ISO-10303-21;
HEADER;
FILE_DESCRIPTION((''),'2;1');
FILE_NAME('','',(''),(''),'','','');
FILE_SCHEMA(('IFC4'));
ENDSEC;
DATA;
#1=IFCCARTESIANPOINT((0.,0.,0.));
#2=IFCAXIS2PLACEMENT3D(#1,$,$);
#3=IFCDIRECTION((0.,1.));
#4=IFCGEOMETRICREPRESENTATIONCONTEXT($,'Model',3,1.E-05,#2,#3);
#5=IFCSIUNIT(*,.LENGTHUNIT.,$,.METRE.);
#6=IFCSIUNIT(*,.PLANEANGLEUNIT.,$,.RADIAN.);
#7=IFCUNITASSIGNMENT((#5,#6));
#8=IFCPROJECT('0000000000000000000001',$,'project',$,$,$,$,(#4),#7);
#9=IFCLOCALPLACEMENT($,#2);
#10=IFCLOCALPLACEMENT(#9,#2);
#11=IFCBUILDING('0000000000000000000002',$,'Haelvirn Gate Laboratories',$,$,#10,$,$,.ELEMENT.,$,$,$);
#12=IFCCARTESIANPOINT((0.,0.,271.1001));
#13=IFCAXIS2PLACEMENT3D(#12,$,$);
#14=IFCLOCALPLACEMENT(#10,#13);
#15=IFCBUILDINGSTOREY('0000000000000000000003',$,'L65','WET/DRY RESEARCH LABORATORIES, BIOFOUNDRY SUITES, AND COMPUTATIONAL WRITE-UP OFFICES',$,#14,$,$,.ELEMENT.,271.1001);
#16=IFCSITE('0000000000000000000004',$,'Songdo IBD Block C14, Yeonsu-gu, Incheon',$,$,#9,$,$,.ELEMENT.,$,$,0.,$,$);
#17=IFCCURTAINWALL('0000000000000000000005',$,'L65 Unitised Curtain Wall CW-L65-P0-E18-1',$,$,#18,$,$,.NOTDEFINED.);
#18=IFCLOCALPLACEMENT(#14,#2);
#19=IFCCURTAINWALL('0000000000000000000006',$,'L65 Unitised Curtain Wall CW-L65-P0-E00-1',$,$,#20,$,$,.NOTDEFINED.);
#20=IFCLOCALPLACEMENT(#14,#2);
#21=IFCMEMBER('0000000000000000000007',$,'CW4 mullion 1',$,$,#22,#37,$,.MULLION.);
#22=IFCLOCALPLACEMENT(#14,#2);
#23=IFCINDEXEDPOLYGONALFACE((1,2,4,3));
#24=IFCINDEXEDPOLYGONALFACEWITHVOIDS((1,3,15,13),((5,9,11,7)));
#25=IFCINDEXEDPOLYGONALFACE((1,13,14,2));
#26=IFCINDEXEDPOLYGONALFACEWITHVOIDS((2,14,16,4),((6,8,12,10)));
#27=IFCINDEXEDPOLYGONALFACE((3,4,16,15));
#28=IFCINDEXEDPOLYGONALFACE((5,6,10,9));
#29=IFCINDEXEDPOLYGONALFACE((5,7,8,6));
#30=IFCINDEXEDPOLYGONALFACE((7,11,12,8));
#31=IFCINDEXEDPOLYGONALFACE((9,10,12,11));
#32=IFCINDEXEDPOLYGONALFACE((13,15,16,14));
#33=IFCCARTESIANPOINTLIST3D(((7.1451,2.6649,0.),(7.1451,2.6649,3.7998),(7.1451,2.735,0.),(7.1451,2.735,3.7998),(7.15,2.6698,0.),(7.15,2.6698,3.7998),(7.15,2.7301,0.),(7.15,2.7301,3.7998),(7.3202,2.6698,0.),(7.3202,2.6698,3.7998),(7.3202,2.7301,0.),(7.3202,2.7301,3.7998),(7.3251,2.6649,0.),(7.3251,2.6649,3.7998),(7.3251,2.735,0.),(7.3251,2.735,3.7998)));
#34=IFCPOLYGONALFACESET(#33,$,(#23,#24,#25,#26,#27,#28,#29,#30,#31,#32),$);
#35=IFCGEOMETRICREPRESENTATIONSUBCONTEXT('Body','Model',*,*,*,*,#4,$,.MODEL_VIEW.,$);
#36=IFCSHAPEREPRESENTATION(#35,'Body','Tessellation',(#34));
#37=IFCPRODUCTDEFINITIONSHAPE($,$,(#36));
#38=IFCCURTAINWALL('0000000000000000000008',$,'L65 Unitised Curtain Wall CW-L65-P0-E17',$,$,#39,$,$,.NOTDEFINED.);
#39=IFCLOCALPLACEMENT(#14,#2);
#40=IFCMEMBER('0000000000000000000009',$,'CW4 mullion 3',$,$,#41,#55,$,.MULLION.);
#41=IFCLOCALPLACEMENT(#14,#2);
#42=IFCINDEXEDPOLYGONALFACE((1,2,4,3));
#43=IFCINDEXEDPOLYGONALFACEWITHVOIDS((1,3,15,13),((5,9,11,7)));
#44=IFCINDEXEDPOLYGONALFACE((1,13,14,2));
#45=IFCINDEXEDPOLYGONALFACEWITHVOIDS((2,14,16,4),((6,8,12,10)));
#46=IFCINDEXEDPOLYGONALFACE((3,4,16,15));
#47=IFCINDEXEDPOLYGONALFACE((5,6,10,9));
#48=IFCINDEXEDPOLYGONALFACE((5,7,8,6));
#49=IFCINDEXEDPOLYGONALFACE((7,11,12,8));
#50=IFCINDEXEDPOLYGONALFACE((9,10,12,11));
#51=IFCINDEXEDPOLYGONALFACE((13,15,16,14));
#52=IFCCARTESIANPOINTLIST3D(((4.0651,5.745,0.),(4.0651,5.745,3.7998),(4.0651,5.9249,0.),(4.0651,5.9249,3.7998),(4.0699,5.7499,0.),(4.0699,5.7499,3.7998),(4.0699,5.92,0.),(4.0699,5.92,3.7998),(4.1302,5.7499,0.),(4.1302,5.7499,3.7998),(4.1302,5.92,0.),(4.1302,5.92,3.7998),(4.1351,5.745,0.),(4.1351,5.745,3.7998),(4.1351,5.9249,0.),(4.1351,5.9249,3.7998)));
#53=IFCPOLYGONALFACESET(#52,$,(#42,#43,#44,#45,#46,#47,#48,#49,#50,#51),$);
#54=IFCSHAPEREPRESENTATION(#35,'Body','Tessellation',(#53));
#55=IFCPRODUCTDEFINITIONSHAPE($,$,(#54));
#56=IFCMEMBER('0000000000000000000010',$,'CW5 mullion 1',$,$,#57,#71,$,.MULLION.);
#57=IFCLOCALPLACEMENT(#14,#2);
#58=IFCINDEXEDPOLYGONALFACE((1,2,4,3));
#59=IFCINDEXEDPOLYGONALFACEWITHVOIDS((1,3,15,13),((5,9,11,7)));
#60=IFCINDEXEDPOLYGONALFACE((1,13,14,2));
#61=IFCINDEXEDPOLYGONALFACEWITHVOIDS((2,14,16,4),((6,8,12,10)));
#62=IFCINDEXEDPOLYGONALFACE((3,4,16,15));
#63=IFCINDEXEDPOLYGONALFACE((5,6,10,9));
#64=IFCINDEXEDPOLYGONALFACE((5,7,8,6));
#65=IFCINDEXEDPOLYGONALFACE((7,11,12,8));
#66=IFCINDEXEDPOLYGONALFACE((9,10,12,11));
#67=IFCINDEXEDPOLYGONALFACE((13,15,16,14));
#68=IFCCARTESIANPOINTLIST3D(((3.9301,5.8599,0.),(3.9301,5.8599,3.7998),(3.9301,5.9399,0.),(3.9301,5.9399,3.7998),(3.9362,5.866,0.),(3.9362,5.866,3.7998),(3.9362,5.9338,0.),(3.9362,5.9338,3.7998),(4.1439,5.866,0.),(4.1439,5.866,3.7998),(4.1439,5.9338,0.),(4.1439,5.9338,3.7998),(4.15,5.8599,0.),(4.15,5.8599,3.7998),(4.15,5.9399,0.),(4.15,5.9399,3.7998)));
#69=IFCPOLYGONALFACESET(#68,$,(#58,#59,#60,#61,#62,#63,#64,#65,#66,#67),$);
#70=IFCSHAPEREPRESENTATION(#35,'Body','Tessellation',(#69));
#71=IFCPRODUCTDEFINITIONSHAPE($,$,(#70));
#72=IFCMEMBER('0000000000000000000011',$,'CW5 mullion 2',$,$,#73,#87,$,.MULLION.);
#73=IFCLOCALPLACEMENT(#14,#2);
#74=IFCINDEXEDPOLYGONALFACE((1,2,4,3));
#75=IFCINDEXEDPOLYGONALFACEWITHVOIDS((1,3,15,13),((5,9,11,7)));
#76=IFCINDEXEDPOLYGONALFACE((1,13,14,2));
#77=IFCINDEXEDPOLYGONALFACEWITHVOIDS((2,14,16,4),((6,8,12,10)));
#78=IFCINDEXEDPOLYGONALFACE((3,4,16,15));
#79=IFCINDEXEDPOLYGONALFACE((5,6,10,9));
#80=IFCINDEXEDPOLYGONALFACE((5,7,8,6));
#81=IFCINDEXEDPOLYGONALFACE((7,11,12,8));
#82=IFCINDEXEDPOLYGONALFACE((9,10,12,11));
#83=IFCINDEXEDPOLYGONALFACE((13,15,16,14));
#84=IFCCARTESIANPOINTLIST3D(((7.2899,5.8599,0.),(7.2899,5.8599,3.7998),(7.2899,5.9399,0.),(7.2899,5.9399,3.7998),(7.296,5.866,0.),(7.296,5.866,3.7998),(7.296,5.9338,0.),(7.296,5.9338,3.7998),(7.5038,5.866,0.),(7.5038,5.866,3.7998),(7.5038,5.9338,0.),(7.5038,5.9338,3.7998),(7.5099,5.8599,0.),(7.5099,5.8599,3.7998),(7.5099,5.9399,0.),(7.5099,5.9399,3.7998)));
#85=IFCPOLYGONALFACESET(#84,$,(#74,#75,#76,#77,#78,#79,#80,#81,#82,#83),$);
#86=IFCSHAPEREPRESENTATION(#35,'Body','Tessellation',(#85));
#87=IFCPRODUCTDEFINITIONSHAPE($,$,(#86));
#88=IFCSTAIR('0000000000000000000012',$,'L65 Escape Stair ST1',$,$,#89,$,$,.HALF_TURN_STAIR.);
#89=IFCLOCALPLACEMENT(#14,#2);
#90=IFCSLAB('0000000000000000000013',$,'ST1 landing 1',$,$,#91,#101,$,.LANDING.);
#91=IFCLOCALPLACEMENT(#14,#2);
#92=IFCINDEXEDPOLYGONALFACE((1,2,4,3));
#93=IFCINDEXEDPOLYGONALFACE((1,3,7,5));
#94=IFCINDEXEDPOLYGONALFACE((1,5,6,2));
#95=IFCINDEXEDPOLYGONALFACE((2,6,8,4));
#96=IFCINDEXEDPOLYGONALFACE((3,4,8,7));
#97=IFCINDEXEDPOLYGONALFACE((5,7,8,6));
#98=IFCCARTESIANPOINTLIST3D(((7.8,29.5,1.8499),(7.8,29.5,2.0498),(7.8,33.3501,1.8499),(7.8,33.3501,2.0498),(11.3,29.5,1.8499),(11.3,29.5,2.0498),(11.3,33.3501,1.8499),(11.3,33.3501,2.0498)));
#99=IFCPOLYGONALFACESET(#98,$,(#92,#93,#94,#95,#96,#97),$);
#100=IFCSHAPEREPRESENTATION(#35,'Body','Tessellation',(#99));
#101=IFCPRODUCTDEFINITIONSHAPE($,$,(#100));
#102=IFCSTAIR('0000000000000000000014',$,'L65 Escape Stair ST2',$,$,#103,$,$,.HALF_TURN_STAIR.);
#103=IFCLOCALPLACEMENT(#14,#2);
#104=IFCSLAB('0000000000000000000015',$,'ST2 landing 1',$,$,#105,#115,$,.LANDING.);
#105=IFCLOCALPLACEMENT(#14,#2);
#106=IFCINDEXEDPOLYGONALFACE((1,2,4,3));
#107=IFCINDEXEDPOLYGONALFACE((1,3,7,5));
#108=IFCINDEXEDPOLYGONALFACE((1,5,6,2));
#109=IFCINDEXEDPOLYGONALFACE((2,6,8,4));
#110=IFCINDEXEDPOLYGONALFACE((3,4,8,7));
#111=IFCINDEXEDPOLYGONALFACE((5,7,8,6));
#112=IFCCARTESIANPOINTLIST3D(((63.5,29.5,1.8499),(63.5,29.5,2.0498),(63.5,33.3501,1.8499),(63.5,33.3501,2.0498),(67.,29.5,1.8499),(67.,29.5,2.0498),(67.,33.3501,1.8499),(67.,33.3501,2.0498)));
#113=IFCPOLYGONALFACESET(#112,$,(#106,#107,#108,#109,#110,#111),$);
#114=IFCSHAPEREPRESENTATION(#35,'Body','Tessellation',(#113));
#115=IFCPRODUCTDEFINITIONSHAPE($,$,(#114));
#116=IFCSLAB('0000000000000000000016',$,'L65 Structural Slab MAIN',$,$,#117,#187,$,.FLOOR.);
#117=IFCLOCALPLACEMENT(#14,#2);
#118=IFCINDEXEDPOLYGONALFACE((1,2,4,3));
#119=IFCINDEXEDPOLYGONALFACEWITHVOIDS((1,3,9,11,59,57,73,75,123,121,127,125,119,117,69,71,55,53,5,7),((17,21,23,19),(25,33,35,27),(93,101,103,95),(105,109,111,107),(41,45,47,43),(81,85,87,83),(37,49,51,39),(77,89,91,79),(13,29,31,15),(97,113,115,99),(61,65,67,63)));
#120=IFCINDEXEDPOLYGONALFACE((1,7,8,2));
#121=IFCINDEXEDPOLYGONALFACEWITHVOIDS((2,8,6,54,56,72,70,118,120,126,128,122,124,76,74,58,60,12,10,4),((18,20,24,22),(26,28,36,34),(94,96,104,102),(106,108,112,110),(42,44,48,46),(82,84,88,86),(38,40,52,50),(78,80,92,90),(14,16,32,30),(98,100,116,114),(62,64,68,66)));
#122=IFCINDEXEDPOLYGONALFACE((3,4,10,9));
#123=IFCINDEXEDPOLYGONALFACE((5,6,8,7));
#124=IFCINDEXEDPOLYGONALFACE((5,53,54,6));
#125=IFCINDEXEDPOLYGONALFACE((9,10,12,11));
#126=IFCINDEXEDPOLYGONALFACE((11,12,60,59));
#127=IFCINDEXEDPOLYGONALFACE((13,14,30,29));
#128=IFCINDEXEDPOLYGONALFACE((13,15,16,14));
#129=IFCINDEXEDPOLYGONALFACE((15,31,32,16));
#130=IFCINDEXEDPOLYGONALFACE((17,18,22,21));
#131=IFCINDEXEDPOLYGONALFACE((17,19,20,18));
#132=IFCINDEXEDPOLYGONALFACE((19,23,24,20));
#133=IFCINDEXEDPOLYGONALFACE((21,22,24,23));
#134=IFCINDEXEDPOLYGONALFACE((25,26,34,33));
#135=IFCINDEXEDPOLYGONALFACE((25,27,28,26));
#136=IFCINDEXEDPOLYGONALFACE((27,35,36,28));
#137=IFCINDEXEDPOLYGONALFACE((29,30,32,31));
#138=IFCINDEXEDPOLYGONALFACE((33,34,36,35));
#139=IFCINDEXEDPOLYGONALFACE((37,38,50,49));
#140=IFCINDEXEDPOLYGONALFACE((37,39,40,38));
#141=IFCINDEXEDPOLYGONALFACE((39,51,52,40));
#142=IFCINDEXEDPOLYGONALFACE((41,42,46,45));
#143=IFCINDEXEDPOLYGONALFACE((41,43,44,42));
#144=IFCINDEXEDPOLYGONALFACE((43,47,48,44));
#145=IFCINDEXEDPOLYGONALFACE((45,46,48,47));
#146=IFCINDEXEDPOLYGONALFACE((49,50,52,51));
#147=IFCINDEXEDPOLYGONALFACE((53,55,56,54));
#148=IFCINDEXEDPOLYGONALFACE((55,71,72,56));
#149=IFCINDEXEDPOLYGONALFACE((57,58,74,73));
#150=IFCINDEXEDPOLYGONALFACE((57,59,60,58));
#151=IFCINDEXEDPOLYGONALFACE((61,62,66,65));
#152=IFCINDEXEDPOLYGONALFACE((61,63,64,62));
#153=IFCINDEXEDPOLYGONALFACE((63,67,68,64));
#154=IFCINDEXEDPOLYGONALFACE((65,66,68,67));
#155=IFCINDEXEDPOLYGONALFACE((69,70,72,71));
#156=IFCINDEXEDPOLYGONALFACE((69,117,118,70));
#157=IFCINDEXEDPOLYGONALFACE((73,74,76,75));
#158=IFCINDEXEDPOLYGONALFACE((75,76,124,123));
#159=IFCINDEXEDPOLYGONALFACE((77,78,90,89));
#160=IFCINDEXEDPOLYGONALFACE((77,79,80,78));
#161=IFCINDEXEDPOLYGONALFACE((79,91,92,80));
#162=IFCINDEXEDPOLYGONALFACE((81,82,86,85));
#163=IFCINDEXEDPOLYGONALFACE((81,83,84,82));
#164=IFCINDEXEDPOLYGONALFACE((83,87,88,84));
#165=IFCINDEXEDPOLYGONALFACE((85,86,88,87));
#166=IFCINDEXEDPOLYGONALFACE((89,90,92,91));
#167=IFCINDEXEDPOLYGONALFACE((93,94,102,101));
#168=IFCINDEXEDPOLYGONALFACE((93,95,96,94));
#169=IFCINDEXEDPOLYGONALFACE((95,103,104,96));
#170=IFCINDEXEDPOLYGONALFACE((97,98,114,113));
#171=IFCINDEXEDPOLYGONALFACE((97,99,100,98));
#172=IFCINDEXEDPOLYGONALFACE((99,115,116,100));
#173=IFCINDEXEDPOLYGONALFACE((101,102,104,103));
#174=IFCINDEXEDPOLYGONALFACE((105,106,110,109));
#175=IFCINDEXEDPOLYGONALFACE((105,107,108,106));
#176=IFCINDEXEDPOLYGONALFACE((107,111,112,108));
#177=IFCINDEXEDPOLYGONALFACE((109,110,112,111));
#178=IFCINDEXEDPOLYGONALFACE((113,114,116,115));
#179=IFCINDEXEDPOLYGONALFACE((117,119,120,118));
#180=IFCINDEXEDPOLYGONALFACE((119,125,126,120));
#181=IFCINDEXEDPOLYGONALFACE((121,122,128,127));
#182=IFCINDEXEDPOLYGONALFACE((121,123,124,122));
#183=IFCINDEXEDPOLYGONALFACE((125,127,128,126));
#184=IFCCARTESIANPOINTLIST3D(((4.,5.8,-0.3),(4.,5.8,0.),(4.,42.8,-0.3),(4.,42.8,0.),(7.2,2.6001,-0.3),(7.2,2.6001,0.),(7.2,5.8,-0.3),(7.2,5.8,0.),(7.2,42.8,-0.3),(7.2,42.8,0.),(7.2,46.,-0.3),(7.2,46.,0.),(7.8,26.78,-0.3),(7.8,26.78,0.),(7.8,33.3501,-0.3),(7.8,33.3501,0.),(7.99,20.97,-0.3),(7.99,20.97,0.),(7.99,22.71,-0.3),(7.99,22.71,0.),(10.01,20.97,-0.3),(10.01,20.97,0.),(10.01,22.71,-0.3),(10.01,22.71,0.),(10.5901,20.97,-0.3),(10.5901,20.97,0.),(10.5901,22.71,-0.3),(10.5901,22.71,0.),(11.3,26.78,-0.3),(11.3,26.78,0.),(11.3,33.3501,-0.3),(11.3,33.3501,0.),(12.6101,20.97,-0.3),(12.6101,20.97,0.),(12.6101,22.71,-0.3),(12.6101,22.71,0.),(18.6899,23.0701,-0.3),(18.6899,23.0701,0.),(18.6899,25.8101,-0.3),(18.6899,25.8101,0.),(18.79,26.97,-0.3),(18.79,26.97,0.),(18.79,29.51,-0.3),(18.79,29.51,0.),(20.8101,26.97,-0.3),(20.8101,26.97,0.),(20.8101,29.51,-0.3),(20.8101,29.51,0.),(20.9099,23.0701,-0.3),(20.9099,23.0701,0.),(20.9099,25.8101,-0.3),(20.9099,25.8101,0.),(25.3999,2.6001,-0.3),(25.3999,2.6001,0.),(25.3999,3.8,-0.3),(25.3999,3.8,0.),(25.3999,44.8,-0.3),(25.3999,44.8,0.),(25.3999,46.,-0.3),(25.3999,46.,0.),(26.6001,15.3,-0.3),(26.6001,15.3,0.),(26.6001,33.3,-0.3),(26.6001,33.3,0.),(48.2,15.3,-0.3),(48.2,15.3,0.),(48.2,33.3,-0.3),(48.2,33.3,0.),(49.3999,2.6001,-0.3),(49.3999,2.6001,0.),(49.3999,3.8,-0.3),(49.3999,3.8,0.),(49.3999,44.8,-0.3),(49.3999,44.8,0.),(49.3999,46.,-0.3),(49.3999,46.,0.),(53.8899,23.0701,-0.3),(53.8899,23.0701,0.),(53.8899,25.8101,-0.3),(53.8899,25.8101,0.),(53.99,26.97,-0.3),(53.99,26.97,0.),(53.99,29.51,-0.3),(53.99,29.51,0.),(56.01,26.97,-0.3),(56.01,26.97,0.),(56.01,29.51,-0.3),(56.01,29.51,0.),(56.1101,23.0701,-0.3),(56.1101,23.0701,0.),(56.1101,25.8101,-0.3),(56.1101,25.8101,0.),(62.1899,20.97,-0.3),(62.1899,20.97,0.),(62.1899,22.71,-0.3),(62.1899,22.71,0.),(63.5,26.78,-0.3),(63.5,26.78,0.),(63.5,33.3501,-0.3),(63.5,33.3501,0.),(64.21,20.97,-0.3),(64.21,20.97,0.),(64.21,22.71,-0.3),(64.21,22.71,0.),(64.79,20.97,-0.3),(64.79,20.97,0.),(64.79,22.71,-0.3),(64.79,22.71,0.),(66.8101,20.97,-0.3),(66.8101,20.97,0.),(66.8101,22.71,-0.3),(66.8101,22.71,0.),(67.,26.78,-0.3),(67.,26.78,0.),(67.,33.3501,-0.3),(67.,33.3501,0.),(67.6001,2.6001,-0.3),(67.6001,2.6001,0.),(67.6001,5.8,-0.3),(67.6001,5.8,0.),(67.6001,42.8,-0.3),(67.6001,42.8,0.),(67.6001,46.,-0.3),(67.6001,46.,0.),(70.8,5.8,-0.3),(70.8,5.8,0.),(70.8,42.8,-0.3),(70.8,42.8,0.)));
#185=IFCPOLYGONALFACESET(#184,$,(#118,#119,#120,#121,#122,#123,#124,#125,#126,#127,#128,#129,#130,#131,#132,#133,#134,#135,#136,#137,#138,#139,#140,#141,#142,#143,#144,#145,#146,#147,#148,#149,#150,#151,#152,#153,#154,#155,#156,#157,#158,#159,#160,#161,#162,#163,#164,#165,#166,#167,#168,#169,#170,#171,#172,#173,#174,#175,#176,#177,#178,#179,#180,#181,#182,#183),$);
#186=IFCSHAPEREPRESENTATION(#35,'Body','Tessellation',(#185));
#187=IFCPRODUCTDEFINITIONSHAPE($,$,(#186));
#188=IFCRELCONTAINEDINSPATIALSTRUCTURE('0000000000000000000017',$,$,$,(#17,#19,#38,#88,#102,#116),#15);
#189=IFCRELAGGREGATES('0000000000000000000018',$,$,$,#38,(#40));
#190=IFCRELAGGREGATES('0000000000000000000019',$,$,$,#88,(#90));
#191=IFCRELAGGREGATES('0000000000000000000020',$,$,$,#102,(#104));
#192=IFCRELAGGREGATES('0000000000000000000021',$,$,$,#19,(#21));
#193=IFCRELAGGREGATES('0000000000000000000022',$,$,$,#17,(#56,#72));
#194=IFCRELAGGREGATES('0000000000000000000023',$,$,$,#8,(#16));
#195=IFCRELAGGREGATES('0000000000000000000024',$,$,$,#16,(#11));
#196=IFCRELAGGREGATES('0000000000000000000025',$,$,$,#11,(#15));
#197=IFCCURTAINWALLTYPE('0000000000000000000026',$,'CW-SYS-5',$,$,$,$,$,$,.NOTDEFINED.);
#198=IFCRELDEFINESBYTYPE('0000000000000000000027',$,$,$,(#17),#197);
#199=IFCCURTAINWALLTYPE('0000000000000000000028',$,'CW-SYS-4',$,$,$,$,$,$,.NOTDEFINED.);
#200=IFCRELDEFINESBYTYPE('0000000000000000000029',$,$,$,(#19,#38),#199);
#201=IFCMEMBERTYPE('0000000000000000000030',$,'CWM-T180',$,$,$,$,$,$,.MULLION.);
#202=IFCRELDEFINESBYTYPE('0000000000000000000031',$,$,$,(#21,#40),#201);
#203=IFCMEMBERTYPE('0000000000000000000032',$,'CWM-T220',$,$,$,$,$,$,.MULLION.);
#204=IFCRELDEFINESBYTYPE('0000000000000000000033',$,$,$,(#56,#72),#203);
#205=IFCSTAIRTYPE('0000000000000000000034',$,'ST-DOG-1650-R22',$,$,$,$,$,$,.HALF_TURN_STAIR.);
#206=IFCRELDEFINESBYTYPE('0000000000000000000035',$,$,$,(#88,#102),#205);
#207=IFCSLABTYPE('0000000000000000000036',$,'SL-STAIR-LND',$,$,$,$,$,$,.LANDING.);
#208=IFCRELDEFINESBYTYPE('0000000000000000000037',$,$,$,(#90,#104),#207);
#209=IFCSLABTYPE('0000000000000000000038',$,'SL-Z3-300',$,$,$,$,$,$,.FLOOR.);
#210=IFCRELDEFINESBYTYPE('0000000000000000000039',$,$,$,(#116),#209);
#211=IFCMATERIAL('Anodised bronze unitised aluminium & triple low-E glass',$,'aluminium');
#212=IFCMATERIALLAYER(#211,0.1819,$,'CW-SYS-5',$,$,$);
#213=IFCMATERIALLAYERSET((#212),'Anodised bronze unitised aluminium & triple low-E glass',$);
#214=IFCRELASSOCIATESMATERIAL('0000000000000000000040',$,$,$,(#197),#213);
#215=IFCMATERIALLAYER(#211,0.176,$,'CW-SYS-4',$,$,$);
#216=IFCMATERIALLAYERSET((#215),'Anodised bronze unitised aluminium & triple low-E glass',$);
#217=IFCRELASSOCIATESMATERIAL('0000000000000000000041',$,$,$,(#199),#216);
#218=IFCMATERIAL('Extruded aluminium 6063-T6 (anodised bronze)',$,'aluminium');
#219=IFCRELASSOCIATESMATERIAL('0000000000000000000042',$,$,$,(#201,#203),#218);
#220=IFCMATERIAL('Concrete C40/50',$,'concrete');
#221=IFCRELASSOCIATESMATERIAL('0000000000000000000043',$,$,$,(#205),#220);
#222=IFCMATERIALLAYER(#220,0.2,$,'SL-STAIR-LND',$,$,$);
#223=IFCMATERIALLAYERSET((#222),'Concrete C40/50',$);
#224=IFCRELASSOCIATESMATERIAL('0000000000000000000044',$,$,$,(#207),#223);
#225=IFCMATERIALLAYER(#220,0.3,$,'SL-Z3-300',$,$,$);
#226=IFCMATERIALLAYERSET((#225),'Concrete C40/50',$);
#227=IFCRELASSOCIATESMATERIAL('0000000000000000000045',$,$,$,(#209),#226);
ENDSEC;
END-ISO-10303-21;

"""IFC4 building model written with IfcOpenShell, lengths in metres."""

from ifc_helpers import new_model, si_unit, direction, frame, origin, origin_2d, place, context, subcontext, project, spatial, polyline, hollow_rectangle, outline, extrude, source, transform, mapped, material, layer, layer_set, material_profile, profile_set, type_object, type_shapes, element, aggregate, save


model = new_model("IFC4")

# Units and contexts
model_context = context("Model", 3, precision=1e-05, world=origin(), true_north=direction((0.0, 1.0)))
body_context = subcontext(model_context, "Body", "Model", "MODEL_VIEW")
ifc_project = project(units=[si_unit("LENGTHUNIT", "METRE"), si_unit("PLANEANGLEUNIT", "RADIAN")], contexts=[model_context])

# Site, building, storey
site_placement = place(None, origin())
site = spatial("IfcSite", under=ifc_project, at=site_placement, Name="Songdo IBD Block C14, Yeonsu-gu, Incheon", CompositionType="ELEMENT", RefElevation=0.0)
building_placement = place(site_placement, origin())
building = spatial("IfcBuilding", under=site, at=building_placement, Name="Haelvirn Gate Laboratories", CompositionType="ELEMENT")
storey_placement = place(building_placement, frame((0.0, 0.0, 271.1001)))
storey = spatial("IfcBuildingStorey", under=building, at=storey_placement, Name="L65", Description="WET/DRY RESEARCH LABORATORIES, BIOFOUNDRY SUITES, AND COMPUTATIONAL WRITE-UP OFFICES", CompositionType="ELEMENT", Elevation=271.1001)

# Curtain walls, member
ifc_material_1 = material(Name="Anodised bronze unitised aluminium & triple low-E glass", Category="aluminium")
ifc_layer_1 = layer(ifc_material_1, 0.1819, Name="CW-SYS-5")
ifc_layer_set_1 = layer_set([ifc_layer_1], Name="Anodised bronze unitised aluminium & triple low-E glass")
curtain_wall_type_1 = type_object("IfcCurtainWallType", Name="CW-SYS-5", PredefinedType="NOTDEFINED", material=ifc_layer_set_1)
curtain_wall_1_placement = place(storey_placement, origin())
curtain_wall_1 = element("IfcCurtainWall", 1, at=curtain_wall_1_placement, inside=storey, type_object=curtain_wall_type_1, Name="L65 Unitised Curtain Wall CW-L65-P0-E18-1", PredefinedType="NOTDEFINED")
ifc_material_2 = material(Name="Extruded aluminium 6063-T6 (anodised bronze)", Category="aluminium")
ifc_layer_2 = layer(ifc_material_1, 0.176, Name="CW-SYS-4")
ifc_layer_set_2 = layer_set([ifc_layer_2], Name="Anodised bronze unitised aluminium & triple low-E glass")
curtain_wall_type_2 = type_object("IfcCurtainWallType", Name="CW-SYS-4", PredefinedType="NOTDEFINED", material=ifc_layer_set_2)
curtain_wall_2_placement = place(storey_placement, origin())
curtain_wall_2 = element("IfcCurtainWall", 2, at=curtain_wall_2_placement, inside=storey, type_object=curtain_wall_type_2, Name="L65 Unitised Curtain Wall CW-L65-P0-E00-1", PredefinedType="NOTDEFINED")
ifc_material_profile_1 = material_profile(ifc_material_2, hollow_rectangle(XDim=0.0701, YDim=0.1799, WallThickness=0.0049, at=origin_2d()), Name="CWM-180x70x5")
ifc_profile_set_1 = profile_set([ifc_material_profile_1], Name="Extruded aluminium 6063-T6 (anodised bronze)")
member_type_1 = type_object("IfcMemberType", Name="CWM-T180", PredefinedType="MULLION", material=ifc_profile_set_1)
shared_shape_1 = source(origin(), body_context, "Body", "SweptSolid", [
    extrude(hollow_rectangle(XDim=0.0701, YDim=0.1799, WallThickness=0.0049, at=origin_2d()), origin(), (0.0, 0.0, 1.0), 3.7998),
])
type_shapes(member_type_1, [shared_shape_1])
member_1_placement = place(storey_placement, frame((7.2351, 2.7, 0.0), z_axis=(0.0, 0.0, 1.0), x_axis=(0.0, 1.0, 0.0)))
member_1 = element("IfcMember", 3, at=member_1_placement, type_object=member_type_1, Name="CW4 mullion 1", PredefinedType="MULLION", context=body_context, shape_type="MappedRepresentation", body=[
    mapped(shared_shape_1, transform((0.0, 0.0, 0.0), scale=1.0)),
])

# Curtain wall, member
curtain_wall_3_placement = place(storey_placement, origin())
curtain_wall_3 = element("IfcCurtainWall", 4, at=curtain_wall_3_placement, inside=storey, type_object=curtain_wall_type_2, Name="L65 Unitised Curtain Wall CW-L65-P0-E17", PredefinedType="NOTDEFINED")
member_2_placement = place(storey_placement, frame((4.1001, 5.835, 0.0), z_axis=(0.0, 0.0, 1.0), x_axis=(1.0, 0.0, 0.0)))
member_2 = element("IfcMember", 5, at=member_2_placement, type_object=member_type_1, Name="CW4 mullion 3", PredefinedType="MULLION", context=body_context, shape_type="MappedRepresentation", body=[
    mapped(shared_shape_1, transform((0.0, 0.0, 0.0), scale=1.0)),
])
aggregate(curtain_wall_3, [member_2])

# Members
ifc_material_profile_2 = material_profile(ifc_material_2, hollow_rectangle(XDim=0.0801, YDim=0.22, WallThickness=0.0061, at=origin_2d()), Name="CWM-220x80x6")
ifc_profile_set_2 = profile_set([ifc_material_profile_2], Name="Extruded aluminium 6063-T6 (anodised bronze)")
member_type_2 = type_object("IfcMemberType", Name="CWM-T220", PredefinedType="MULLION", material=ifc_profile_set_2)
shared_shape_2 = source(origin(), body_context, "Body", "SweptSolid", [
    extrude(hollow_rectangle(XDim=0.0801, YDim=0.22, WallThickness=0.0061, at=origin_2d()), origin(), (0.0, 0.0, 1.0), 3.7998),
])
type_shapes(member_type_2, [shared_shape_2])
member_3_placement = place(storey_placement, frame((4.04, 5.8999, 0.0), z_axis=(0.0, 0.0, 1.0), x_axis=(0.0, 1.0, 0.0)))
member_3 = element("IfcMember", 6, at=member_3_placement, type_object=member_type_2, Name="CW5 mullion 1", PredefinedType="MULLION", context=body_context, shape_type="MappedRepresentation", body=[
    mapped(shared_shape_2, transform((0.0, 0.0, 0.0), scale=1.0)),
])
member_4_placement = place(storey_placement, frame((7.3999, 5.8999, 0.0), z_axis=(0.0, 0.0, 1.0), x_axis=(0.0, 1.0, 0.0)))
member_4 = element("IfcMember", 7, at=member_4_placement, type_object=member_type_2, Name="CW5 mullion 2", PredefinedType="MULLION", context=body_context, shape_type="MappedRepresentation", body=[
    mapped(shared_shape_2, transform((0.0, 0.0, 0.0), scale=1.0)),
])

# Stairs, slabs
ifc_material_3 = material(Name="Concrete C40/50", Category="concrete")
stair_type = type_object("IfcStairType", Name="ST-DOG-1650-R22", PredefinedType="HALF_TURN_STAIR", material=ifc_material_3)
stair_1_placement = place(storey_placement, origin())
stair_1 = element("IfcStair", 8, at=stair_1_placement, inside=storey, type_object=stair_type, Name="L65 Escape Stair ST1", PredefinedType="HALF_TURN_STAIR")
ifc_layer_3 = layer(ifc_material_3, 0.2, Name="SL-STAIR-LND")
ifc_layer_set_3 = layer_set([ifc_layer_3], Name="Concrete C40/50")
slab_type_1 = type_object("IfcSlabType", Name="SL-STAIR-LND", PredefinedType="LANDING", material=ifc_layer_set_3)
slab_1_placement = place(storey_placement, frame((0.0, 0.0, 1.8499)))
slab_1 = element("IfcSlab", 9, at=slab_1_placement, type_object=slab_type_1, Name="ST1 landing 1", PredefinedType="LANDING", context=body_context, shape_type="SweptSolid", body=[
    extrude(outline(polyline([(11.3, 29.5), (11.3, 33.3501), (7.8, 33.3501), (7.8, 29.5), (11.3, 29.5)])), origin(), (0.0, 0.0, 1.0), 0.2),
])
aggregate(stair_1, [slab_1])
stair_2_placement = place(storey_placement, origin())
stair_2 = element("IfcStair", 10, at=stair_2_placement, inside=storey, type_object=stair_type, Name="L65 Escape Stair ST2", PredefinedType="HALF_TURN_STAIR")
slab_2_placement = place(storey_placement, frame((0.0, 0.0, 1.8499)))
slab_2 = element("IfcSlab", 11, at=slab_2_placement, type_object=slab_type_1, Name="ST2 landing 1", PredefinedType="LANDING", context=body_context, shape_type="SweptSolid", body=[
    extrude(outline(polyline([(67.0, 29.5), (67.0, 33.3501), (63.5, 33.3501), (63.5, 29.5), (67.0, 29.5)])), origin(), (0.0, 0.0, 1.0), 0.2),
])
aggregate(stair_2, [slab_2])

# Slab
ifc_layer_4 = layer(ifc_material_3, 0.3, Name="SL-Z3-300")
ifc_layer_set_4 = layer_set([ifc_layer_4], Name="Concrete C40/50")
slab_type_2 = type_object("IfcSlabType", Name="SL-Z3-300", PredefinedType="FLOOR", material=ifc_layer_set_4)
slab_3_placement = place(storey_placement, frame((0.0, 0.0, -0.3)))
element("IfcSlab", 12, at=slab_3_placement, inside=storey, type_object=slab_type_2, Name="L65 Structural Slab MAIN", PredefinedType="FLOOR", context=body_context, shape_type="SweptSolid", body=[
    extrude(outline(polyline([(7.2, 2.6001), (25.3999, 2.6001), (25.3999, 3.8), (49.3999, 3.8), (49.3999, 2.6001), (67.6001, 2.6001), (67.6001, 5.8), (70.8, 5.8), (70.8, 42.8), (67.6001, 42.8), (67.6001, 46.0), (49.3999, 46.0), (49.3999, 44.8), (25.3999, 44.8), (25.3999, 46.0), (7.2, 46.0), (7.2, 42.8), (4.0, 42.8), (4.0, 5.8), (7.2, 5.8), (7.2, 2.6001)]), holes=[polyline([(26.6001, 15.3), (48.2, 15.3), (48.2, 33.3), (26.6001, 33.3), (26.6001, 15.3)]), polyline([(11.3, 26.78), (11.3, 33.3501), (7.8, 33.3501), (7.8, 26.78), (11.3, 26.78)]), polyline([(67.0, 26.78), (67.0, 33.3501), (63.5, 33.3501), (63.5, 26.78), (67.0, 26.78)]), polyline([(7.99, 20.97), (10.01, 20.97), (10.01, 22.71), (7.99, 22.71), (7.99, 20.97)]), polyline([(10.5901, 20.97), (12.6101, 20.97), (12.6101, 22.71), (10.5901, 22.71), (10.5901, 20.97)]), polyline([(18.79, 26.97), (20.8101, 26.97), (20.8101, 29.51), (18.79, 29.51), (18.79, 26.97)]), polyline([(18.6899, 23.0701), (20.9099, 23.0701), (20.9099, 25.8101), (18.6899, 25.8101), (18.6899, 23.0701)]), polyline([(64.79, 20.97), (66.8101, 20.97), (66.8101, 22.71), (64.79, 22.71), (64.79, 20.97)]), polyline([(62.1899, 20.97), (64.21, 20.97), (64.21, 22.71), (62.1899, 22.71), (62.1899, 20.97)]), polyline([(53.99, 26.97), (56.01, 26.97), (56.01, 29.51), (53.99, 29.51), (53.99, 26.97)]), polyline([(53.8899, 23.0701), (56.1101, 23.0701), (56.1101, 25.8101), (53.8899, 25.8101), (53.8899, 23.0701)])]), origin(), (0.0, 0.0, 1.0), 0.3),
])

aggregate(curtain_wall_2, [member_1])
aggregate(curtain_wall_1, [member_3, member_4])

save(model, "model.ifc")
